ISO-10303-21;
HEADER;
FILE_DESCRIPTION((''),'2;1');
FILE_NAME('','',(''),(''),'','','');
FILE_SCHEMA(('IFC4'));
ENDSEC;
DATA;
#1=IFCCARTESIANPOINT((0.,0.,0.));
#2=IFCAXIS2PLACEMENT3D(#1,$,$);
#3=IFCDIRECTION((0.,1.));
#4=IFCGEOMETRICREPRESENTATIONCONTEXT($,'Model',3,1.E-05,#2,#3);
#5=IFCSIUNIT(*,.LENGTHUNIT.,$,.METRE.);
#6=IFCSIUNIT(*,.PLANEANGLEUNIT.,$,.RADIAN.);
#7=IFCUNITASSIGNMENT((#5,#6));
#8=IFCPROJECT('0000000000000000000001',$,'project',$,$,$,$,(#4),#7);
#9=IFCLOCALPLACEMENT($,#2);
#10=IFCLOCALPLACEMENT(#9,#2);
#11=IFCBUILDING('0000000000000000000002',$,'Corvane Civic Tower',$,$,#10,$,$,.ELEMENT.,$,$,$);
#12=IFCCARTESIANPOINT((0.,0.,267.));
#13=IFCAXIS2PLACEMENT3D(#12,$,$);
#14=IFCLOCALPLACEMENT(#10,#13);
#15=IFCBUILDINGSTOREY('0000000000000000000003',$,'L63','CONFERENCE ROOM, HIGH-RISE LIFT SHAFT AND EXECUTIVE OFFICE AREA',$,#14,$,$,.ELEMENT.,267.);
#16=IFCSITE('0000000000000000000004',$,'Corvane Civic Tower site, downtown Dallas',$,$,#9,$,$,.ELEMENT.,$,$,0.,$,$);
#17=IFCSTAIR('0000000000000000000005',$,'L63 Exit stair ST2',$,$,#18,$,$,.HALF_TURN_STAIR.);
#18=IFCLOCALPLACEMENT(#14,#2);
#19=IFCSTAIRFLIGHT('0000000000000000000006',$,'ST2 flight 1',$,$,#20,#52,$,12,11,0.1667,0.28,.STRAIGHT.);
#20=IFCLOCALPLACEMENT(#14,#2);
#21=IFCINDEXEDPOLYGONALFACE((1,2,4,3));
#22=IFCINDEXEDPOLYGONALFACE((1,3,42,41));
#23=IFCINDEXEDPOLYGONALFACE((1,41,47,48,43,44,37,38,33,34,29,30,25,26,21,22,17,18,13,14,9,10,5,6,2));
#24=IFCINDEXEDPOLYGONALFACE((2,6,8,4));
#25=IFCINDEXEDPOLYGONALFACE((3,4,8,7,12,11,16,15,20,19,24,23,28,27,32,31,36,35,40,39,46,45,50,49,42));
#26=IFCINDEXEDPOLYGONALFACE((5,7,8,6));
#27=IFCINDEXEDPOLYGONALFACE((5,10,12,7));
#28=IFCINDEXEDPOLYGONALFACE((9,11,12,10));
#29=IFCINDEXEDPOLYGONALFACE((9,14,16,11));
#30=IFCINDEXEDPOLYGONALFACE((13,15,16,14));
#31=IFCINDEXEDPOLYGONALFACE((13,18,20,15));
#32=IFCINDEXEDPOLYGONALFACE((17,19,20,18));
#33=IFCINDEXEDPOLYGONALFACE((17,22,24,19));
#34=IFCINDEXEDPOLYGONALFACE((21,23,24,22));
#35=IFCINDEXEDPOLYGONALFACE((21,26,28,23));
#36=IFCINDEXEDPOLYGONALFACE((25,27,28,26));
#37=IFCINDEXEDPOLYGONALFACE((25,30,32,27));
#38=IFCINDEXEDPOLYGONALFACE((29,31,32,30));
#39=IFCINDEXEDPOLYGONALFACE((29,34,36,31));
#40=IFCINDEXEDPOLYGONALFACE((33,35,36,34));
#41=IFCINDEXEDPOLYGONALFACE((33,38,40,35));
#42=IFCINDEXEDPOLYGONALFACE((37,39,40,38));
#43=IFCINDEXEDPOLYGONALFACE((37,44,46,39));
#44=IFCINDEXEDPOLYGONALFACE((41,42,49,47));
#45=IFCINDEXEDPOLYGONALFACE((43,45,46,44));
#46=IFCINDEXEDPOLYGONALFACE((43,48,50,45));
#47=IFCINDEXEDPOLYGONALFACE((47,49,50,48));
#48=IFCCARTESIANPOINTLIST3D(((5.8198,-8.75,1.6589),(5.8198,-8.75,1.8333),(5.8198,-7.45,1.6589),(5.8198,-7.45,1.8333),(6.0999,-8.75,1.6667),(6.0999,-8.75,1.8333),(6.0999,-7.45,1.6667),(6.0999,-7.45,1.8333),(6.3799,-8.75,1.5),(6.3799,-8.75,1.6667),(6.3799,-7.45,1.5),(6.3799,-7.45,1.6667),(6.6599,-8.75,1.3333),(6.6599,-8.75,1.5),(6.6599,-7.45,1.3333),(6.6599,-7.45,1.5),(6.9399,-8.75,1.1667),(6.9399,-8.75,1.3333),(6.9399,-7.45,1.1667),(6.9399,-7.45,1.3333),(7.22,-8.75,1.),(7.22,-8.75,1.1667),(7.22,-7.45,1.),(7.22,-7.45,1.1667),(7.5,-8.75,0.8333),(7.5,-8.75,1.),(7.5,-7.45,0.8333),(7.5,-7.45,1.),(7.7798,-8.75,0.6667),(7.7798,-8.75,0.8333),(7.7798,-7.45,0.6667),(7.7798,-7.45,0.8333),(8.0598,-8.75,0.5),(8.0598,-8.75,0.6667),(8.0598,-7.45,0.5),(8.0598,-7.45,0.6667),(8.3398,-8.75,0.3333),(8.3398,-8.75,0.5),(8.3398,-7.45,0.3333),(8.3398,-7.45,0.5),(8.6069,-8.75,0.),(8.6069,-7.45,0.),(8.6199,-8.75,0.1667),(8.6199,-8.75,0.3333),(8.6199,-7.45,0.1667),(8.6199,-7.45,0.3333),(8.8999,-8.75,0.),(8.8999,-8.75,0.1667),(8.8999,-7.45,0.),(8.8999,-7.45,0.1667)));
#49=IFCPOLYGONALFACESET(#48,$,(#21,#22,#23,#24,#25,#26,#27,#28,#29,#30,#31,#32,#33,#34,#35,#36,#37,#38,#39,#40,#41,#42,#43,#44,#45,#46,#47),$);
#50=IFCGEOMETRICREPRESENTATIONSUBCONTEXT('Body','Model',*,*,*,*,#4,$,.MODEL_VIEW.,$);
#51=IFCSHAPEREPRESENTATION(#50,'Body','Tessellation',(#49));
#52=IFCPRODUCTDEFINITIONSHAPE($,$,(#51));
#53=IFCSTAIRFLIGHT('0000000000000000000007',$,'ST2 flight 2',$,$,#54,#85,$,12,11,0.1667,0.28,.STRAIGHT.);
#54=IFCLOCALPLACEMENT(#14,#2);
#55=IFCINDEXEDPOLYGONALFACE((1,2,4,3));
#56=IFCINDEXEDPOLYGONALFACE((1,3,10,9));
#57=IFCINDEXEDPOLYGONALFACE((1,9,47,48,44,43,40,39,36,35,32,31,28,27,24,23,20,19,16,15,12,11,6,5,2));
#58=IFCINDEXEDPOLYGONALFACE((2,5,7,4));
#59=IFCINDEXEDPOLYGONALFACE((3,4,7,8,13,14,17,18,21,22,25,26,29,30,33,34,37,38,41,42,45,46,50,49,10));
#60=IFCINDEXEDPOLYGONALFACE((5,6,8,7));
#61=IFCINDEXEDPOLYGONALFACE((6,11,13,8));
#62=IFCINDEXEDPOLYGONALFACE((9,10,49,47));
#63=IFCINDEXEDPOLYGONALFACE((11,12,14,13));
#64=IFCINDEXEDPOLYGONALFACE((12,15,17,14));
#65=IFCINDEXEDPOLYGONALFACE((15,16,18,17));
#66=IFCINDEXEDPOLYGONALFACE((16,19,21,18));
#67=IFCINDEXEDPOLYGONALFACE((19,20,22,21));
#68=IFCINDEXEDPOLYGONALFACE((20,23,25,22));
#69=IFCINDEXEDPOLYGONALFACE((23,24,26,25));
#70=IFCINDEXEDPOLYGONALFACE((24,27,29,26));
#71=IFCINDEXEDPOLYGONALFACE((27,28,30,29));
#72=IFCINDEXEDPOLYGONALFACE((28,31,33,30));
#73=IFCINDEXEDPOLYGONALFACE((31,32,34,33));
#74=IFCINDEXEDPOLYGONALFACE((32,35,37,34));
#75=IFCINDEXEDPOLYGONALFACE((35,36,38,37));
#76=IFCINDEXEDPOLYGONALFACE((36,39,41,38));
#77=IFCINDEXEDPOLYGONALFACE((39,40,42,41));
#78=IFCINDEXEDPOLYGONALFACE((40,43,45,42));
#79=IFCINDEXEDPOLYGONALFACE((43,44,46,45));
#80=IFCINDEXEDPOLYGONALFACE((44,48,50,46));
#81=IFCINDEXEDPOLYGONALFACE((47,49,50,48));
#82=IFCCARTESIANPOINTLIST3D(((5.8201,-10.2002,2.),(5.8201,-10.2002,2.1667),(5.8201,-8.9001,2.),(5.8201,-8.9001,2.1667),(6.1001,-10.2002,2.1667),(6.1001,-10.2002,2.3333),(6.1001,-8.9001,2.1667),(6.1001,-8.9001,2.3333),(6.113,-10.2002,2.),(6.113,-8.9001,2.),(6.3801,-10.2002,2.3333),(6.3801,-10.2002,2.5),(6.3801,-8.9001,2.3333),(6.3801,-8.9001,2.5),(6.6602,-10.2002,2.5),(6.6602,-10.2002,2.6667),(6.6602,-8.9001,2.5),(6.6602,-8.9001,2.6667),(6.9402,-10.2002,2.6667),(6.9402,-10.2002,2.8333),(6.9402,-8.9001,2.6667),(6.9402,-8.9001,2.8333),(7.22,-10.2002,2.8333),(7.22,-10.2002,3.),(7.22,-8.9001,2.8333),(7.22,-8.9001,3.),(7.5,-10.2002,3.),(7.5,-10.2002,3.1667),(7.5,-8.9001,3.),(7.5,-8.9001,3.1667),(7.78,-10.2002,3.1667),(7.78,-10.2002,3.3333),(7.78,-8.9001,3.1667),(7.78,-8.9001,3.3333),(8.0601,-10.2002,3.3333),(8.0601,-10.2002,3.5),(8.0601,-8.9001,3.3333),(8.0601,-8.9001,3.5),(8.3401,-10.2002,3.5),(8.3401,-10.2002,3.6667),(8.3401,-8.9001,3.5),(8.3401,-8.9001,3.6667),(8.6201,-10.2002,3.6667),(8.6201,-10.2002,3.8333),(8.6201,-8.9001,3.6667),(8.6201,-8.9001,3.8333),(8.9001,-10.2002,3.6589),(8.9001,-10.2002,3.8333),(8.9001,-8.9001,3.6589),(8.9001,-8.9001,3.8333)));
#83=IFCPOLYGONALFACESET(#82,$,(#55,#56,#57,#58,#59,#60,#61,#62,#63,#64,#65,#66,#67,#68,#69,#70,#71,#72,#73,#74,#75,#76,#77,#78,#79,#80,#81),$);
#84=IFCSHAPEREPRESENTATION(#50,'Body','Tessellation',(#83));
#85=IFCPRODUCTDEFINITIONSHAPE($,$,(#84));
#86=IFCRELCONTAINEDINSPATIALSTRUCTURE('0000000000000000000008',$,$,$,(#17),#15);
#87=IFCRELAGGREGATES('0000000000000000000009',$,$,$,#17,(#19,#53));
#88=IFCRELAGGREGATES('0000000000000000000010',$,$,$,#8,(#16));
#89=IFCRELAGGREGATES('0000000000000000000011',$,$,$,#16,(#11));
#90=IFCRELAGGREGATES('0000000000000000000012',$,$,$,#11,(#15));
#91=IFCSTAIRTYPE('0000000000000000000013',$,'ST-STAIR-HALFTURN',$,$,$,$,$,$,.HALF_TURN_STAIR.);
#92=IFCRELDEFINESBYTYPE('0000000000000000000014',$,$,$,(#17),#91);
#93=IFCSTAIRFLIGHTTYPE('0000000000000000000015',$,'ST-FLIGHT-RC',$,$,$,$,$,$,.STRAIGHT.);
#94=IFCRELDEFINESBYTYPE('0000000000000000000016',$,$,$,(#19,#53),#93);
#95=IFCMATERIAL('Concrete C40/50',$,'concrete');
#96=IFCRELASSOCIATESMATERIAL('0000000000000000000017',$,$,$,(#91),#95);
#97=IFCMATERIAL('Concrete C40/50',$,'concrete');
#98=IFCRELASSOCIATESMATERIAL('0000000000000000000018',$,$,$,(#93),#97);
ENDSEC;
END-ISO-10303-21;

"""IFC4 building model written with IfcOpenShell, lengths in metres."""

from ifc_helpers import new_model, si_unit, direction, frame, origin, place, context, subcontext, project, spatial, polyline, outline, extrude, material, type_object, element, aggregate, save


model = new_model("IFC4")

# Units and contexts
model_context = context("Model", 3, precision=1e-05, world=origin(), true_north=direction((0.0, 1.0)))
body_context = subcontext(model_context, "Body", "Model", "MODEL_VIEW")
ifc_project = project(units=[si_unit("LENGTHUNIT", "METRE"), si_unit("PLANEANGLEUNIT", "RADIAN")], contexts=[model_context])

# Site, building, storey
site_placement = place(None, origin())
site = spatial("IfcSite", under=ifc_project, at=site_placement, Name="Corvane Civic Tower site, downtown Dallas", CompositionType="ELEMENT", RefElevation=0.0)
building_placement = place(site_placement, origin())
building = spatial("IfcBuilding", under=site, at=building_placement, Name="Corvane Civic Tower", CompositionType="ELEMENT")
storey_placement = place(building_placement, frame((0.0, 0.0, 267.0)))
storey = spatial("IfcBuildingStorey", under=building, at=storey_placement, Name="L63", Description="CONFERENCE ROOM, HIGH-RISE LIFT SHAFT AND EXECUTIVE OFFICE AREA", CompositionType="ELEMENT", Elevation=267.0)

# Stair, stair flights
ifc_material_1 = material(Name="Concrete C40/50", Category="concrete")
stair_type = type_object("IfcStairType", Name="ST-STAIR-HALFTURN", PredefinedType="HALF_TURN_STAIR", material=ifc_material_1)
stair_placement = place(storey_placement, origin())
stair = element("IfcStair", 1, at=stair_placement, inside=storey, type_object=stair_type, Name="L63 Exit stair ST2", PredefinedType="HALF_TURN_STAIR")
ifc_material_2 = material(Name="Concrete C40/50", Category="concrete")
stair_flight_type = type_object("IfcStairFlightType", Name="ST-FLIGHT-RC", PredefinedType="STRAIGHT", material=ifc_material_2)
stair_flight_1_placement = place(storey_placement, frame((8.8999, -8.1001, 0.0), z_axis=(0.0, 0.0, 1.0), x_axis=(-1.0, 0.0, 0.0)))
stair_flight_1 = element("IfcStairFlight", 2, at=stair_flight_1_placement, type_object=stair_flight_type, Name="ST2 flight 1", NumberOfRisers=12, NumberOfTreads=11, PredefinedType="STRAIGHT", RiserHeight=0.1667, TreadLength=0.28, context=body_context, shape_type="SweptSolid", body=[
    extrude(outline(polyline([(0.0, 0.0), (0.0, 0.1667), (0.28, 0.1667), (0.28, 0.3333), (0.5601, 0.3333), (0.5601, 0.5), (0.8401, 0.5), (0.8401, 0.6667), (1.1201, 0.6667), (1.1201, 0.8333), (1.3999, 0.8333), (1.3999, 1.0), (1.6799, 1.0), (1.6799, 1.1667), (1.96, 1.1667), (1.96, 1.3333), (2.24, 1.3333), (2.24, 1.5), (2.52, 1.5), (2.52, 1.6667), (2.8, 1.6667), (2.8, 1.8333), (3.0801, 1.8333), (3.0801, 2.0), (3.0801, 1.6589), (0.293, 0.0), (0.0, 0.0)])), frame((0.0, 0.6499, 0.0), z_axis=(0.0, -1.0, 0.0), x_axis=(1.0, 0.0, 0.0)), (0.0, 0.0, 1.0), 1.3),
])
stair_flight_2_placement = place(storey_placement, frame((5.8201, -9.55, 2.0), z_axis=(0.0, 0.0, 1.0), x_axis=(1.0, 0.0, 0.0)))
stair_flight_2 = element("IfcStairFlight", 3, at=stair_flight_2_placement, type_object=stair_flight_type, Name="ST2 flight 2", NumberOfRisers=12, NumberOfTreads=11, PredefinedType="STRAIGHT", RiserHeight=0.1667, TreadLength=0.28, context=body_context, shape_type="SweptSolid", body=[
    extrude(outline(polyline([(0.0, 0.0), (0.0, 0.1667), (0.28, 0.1667), (0.28, 0.3333), (0.5601, 0.3333), (0.5601, 0.5), (0.8401, 0.5), (0.8401, 0.6667), (1.1201, 0.6667), (1.1201, 0.8333), (1.3999, 0.8333), (1.3999, 1.0), (1.6799, 1.0), (1.6799, 1.1667), (1.96, 1.1667), (1.96, 1.3333), (2.24, 1.3333), (2.24, 1.5), (2.52, 1.5), (2.52, 1.6667), (2.8, 1.6667), (2.8, 1.8333), (3.0801, 1.8333), (3.0801, 2.0), (3.0801, 1.6589), (0.293, 0.0), (0.0, 0.0)])), frame((0.0, 0.6499, 0.0), z_axis=(0.0, -1.0, 0.0), x_axis=(1.0, 0.0, 0.0)), (0.0, 0.0, 1.0), 1.3),
])
aggregate(stair, [stair_flight_1, stair_flight_2])

save(model, "model.ifc")
